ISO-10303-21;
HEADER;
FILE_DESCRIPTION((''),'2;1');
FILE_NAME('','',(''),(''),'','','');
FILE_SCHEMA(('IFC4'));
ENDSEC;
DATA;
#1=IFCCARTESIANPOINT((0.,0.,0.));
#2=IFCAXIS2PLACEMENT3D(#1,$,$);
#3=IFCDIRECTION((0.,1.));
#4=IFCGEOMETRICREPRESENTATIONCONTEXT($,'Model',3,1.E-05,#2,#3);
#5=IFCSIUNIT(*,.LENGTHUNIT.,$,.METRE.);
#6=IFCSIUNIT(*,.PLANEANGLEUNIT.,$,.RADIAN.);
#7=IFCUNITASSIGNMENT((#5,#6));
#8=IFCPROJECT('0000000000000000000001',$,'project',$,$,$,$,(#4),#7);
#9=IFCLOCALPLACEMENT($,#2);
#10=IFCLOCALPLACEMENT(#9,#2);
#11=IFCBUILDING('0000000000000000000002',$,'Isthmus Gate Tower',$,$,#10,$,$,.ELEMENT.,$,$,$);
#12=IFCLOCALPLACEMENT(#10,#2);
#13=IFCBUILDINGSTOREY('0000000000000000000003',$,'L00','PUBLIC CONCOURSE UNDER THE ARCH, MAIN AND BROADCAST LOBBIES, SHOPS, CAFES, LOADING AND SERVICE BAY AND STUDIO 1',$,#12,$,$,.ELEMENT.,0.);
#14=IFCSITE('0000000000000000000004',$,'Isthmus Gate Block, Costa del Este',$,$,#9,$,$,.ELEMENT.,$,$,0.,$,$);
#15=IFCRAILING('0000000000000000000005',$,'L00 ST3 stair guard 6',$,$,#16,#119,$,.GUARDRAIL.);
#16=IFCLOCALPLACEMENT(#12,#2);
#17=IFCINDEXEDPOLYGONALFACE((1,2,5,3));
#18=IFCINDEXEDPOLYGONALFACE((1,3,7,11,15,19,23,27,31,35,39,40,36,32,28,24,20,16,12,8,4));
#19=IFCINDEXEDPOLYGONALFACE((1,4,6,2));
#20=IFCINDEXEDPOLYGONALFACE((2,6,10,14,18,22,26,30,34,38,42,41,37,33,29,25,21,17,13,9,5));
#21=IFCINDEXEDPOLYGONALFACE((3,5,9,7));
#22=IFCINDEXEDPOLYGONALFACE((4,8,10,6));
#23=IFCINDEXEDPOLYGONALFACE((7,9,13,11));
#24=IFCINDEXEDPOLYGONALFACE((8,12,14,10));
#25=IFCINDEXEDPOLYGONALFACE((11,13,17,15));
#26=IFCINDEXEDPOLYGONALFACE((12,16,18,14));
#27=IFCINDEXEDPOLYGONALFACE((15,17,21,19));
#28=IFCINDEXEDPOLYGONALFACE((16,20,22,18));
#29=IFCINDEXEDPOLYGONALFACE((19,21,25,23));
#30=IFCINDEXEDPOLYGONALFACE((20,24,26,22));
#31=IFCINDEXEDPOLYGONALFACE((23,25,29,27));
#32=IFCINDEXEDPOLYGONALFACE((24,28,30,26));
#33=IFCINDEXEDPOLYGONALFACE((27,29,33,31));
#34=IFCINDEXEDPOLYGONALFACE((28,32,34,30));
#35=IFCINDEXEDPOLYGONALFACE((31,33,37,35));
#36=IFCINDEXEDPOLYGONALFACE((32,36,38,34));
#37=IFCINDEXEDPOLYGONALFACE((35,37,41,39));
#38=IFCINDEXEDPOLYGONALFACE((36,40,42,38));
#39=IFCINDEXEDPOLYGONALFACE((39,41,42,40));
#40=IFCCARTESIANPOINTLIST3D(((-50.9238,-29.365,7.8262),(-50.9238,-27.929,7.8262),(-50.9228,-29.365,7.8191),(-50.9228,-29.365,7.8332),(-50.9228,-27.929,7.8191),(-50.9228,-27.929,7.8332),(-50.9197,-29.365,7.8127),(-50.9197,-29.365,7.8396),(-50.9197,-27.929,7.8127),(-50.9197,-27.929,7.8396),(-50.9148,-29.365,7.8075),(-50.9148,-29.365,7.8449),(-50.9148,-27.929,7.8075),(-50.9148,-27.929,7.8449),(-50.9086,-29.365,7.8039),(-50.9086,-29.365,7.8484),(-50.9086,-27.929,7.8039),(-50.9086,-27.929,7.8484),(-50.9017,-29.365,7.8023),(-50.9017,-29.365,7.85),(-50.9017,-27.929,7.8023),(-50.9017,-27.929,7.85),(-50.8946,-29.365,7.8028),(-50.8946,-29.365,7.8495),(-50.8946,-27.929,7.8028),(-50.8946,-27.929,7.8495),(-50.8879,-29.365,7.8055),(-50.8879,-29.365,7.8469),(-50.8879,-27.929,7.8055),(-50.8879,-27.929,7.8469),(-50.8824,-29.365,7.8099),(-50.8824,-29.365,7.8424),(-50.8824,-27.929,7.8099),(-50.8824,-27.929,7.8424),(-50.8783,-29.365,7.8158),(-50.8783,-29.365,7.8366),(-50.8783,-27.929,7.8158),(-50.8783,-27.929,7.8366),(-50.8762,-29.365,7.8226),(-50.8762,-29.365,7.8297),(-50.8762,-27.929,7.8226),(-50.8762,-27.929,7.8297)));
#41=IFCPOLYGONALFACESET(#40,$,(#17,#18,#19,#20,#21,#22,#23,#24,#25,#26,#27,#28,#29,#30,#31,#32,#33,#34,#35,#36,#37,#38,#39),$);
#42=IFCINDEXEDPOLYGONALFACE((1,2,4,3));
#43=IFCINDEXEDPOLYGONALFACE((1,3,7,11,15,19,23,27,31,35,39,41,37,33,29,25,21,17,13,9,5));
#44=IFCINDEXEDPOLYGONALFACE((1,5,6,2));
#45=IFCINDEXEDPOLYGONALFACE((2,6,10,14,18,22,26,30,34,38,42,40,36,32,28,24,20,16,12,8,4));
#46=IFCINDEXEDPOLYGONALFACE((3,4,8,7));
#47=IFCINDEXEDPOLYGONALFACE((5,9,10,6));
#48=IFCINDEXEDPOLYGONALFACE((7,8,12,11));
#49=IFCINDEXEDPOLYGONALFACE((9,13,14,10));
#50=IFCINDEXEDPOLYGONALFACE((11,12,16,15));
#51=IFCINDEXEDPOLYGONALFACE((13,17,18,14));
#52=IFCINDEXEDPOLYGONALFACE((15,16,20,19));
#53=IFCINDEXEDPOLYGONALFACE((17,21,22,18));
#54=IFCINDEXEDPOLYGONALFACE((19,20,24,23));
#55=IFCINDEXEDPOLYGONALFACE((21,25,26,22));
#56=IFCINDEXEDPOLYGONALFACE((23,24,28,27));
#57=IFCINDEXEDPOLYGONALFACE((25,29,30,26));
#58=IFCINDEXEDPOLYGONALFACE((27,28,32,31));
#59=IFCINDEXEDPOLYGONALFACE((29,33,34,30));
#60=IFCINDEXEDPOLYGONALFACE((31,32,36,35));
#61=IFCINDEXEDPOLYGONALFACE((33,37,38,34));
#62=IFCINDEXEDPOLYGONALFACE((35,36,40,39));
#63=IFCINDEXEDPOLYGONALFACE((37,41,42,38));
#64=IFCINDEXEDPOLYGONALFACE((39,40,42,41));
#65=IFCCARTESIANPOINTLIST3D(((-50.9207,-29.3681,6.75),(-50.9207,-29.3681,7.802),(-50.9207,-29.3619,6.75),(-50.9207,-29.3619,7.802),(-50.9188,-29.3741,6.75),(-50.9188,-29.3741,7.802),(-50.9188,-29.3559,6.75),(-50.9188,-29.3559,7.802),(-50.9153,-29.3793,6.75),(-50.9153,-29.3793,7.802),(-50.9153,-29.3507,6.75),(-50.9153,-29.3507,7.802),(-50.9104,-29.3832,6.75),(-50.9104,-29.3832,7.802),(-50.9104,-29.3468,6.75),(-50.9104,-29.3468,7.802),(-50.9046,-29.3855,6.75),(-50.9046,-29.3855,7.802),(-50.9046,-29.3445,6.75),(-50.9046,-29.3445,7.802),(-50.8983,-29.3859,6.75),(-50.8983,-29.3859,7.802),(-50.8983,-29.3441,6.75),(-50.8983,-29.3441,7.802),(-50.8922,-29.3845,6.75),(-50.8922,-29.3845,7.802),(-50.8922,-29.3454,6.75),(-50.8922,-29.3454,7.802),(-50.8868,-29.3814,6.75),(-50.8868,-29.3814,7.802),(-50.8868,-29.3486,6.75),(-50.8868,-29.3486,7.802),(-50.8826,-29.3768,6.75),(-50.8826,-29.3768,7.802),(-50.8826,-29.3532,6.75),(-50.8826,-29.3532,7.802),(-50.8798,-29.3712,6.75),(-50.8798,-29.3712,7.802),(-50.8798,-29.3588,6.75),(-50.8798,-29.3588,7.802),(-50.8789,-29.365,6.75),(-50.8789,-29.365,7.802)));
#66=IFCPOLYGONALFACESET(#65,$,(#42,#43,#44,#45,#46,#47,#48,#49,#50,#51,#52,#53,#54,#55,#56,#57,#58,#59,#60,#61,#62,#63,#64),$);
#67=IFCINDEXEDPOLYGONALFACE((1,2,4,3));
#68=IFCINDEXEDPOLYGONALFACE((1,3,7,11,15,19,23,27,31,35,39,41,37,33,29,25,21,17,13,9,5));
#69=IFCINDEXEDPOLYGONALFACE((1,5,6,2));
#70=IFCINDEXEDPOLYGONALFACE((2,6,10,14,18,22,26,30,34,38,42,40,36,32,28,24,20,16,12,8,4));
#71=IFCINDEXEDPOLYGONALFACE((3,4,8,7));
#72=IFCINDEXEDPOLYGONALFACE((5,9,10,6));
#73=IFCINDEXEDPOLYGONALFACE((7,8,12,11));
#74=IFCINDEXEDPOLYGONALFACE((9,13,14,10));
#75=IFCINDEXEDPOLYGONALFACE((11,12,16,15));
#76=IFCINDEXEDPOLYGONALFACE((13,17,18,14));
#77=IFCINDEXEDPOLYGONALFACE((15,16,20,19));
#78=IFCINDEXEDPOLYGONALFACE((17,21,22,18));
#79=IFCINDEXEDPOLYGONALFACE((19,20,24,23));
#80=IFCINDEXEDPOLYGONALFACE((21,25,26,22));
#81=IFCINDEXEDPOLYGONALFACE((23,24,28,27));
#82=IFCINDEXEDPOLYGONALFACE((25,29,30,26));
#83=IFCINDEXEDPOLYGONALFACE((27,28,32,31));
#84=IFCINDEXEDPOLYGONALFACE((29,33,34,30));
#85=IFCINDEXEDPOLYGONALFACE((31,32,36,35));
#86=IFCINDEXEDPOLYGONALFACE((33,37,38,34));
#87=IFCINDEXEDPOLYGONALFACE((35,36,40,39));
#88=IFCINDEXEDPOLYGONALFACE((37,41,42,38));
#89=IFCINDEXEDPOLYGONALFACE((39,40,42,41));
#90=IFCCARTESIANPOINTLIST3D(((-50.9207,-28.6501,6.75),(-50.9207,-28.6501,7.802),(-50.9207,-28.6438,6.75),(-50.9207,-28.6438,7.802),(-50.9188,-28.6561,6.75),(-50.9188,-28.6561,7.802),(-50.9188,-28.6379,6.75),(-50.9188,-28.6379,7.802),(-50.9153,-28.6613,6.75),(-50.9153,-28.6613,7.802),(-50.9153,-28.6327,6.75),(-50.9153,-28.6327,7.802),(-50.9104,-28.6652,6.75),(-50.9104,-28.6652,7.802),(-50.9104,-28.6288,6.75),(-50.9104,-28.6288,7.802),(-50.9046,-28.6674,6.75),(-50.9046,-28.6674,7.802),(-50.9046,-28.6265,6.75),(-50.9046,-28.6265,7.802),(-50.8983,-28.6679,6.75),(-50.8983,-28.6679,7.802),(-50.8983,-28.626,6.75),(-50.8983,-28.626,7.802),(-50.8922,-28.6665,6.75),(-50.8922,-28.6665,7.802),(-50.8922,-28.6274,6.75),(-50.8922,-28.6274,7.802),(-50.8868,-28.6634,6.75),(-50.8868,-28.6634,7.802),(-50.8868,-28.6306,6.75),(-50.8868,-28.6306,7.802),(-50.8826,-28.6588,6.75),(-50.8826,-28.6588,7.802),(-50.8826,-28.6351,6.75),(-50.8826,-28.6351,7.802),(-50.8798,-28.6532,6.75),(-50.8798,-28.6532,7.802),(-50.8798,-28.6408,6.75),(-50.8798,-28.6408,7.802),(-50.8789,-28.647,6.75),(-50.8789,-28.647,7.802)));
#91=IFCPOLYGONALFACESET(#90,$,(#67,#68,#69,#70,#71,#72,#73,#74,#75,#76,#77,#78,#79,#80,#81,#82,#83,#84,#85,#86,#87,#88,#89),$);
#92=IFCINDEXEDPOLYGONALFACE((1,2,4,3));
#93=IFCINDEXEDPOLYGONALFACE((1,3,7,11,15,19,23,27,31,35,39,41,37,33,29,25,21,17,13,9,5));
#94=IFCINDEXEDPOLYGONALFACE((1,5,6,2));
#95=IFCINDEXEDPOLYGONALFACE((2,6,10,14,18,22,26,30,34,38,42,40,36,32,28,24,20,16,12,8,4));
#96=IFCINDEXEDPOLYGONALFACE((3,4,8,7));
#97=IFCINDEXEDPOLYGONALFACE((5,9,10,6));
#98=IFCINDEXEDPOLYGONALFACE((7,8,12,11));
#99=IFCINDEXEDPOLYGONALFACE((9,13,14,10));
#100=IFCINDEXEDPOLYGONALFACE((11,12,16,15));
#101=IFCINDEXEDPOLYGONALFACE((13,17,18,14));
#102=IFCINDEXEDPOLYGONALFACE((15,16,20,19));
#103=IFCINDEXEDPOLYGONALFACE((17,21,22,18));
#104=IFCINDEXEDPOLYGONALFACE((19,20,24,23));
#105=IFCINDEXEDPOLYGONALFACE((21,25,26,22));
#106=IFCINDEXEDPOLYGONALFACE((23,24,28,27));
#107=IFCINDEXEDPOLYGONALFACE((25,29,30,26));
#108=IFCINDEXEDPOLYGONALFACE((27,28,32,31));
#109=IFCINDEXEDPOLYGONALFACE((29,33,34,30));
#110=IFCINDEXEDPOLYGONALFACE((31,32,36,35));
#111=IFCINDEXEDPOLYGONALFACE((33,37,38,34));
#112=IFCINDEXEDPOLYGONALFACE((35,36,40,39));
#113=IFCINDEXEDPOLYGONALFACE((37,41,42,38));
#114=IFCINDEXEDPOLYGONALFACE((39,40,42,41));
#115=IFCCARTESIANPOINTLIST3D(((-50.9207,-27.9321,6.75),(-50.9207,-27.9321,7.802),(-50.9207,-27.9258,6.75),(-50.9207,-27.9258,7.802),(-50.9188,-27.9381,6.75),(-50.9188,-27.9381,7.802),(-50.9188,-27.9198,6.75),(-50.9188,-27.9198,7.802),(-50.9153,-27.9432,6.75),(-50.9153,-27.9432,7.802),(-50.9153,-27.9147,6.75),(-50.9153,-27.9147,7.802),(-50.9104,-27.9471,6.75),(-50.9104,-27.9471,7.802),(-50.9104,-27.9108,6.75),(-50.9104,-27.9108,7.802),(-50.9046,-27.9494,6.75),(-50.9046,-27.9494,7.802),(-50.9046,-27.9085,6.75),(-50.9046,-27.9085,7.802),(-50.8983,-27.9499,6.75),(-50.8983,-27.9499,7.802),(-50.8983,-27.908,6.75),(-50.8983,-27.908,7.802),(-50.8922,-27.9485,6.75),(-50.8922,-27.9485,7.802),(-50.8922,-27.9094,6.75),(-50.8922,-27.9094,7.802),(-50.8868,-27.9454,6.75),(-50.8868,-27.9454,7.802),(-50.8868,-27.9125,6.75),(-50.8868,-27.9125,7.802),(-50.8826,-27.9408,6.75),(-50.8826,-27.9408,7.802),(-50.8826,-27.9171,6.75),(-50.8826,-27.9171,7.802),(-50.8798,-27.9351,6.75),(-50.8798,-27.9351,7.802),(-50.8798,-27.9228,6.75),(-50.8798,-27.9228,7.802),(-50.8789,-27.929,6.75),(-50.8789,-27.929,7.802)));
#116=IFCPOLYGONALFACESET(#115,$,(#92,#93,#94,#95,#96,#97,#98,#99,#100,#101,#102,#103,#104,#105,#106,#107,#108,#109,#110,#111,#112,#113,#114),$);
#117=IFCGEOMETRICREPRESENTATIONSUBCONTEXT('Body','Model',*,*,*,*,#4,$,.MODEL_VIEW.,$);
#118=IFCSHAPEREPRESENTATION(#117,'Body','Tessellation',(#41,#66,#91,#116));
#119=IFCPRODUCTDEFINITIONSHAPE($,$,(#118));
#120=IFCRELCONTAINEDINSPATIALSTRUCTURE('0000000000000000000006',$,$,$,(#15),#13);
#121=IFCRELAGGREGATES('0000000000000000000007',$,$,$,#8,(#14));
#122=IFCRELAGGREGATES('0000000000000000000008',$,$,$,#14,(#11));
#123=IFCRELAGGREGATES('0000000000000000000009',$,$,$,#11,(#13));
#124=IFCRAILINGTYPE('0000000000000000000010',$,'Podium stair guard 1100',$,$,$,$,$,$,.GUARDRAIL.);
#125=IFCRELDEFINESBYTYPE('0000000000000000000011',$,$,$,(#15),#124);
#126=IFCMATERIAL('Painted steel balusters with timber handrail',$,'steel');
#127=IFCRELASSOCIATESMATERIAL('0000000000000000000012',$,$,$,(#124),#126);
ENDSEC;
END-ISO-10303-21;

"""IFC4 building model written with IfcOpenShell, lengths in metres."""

from ifc_helpers import new_model, si_unit, direction, frame, origin, origin_2d, place, context, subcontext, project, spatial, circle, extrude, material, type_object, element, save


model = new_model("IFC4")

# Units and contexts
model_context = context("Model", 3, precision=1e-05, world=origin(), true_north=direction((0.0, 1.0)))
body_context = subcontext(model_context, "Body", "Model", "MODEL_VIEW")
ifc_project = project(units=[si_unit("LENGTHUNIT", "METRE"), si_unit("PLANEANGLEUNIT", "RADIAN")], contexts=[model_context])

# Site, building, storey
site_placement = place(None, origin())
site = spatial("IfcSite", under=ifc_project, at=site_placement, Name="Isthmus Gate Block, Costa del Este", CompositionType="ELEMENT", RefElevation=0.0)
building_placement = place(site_placement, origin())
building = spatial("IfcBuilding", under=site, at=building_placement, Name="Isthmus Gate Tower", CompositionType="ELEMENT")
storey_placement = place(building_placement, origin())
storey = spatial("IfcBuildingStorey", under=building, at=storey_placement, Name="L00", Description="PUBLIC CONCOURSE UNDER THE ARCH, MAIN AND BROADCAST LOBBIES, SHOPS, CAFES, LOADING AND SERVICE BAY AND STUDIO 1", CompositionType="ELEMENT", Elevation=0.0)

# Railing
ifc_material_1 = material(Name="Painted steel balusters with timber handrail", Category="steel")
railing_type_1 = type_object("IfcRailingType", Name="Podium stair guard 1100", PredefinedType="GUARDRAIL", material=ifc_material_1)
railing_1_placement = place(storey_placement, frame((-50.8999, -29.365, 6.75)))
element("IfcRailing", 1, at=railing_1_placement, inside=storey, type_object=railing_type_1, Name="L00 ST3 stair guard 6", PredefinedType="GUARDRAIL", context=body_context, shape_type="SweptSolid", body=[
    extrude(circle(Radius=0.0239, at=origin_2d()), frame((0.0, 0.0, 1.0762), z_axis=(0.0, 1.0, 0.0), x_axis=(-1.0, 0.0, 0.0)), (0.0, 0.0, 1.0), 1.436),
    extrude(circle(Radius=0.021, at=origin_2d()), origin(), (0.0, 0.0, 1.0), 1.052),
    extrude(circle(Radius=0.021, at=origin_2d()), frame((0.0, 0.718, 0.0)), (0.0, 0.0, 1.0), 1.052),
    extrude(circle(Radius=0.021, at=origin_2d()), frame((0.0, 1.436, 0.0)), (0.0, 0.0, 1.0), 1.052),
])

save(model, "model.ifc")
